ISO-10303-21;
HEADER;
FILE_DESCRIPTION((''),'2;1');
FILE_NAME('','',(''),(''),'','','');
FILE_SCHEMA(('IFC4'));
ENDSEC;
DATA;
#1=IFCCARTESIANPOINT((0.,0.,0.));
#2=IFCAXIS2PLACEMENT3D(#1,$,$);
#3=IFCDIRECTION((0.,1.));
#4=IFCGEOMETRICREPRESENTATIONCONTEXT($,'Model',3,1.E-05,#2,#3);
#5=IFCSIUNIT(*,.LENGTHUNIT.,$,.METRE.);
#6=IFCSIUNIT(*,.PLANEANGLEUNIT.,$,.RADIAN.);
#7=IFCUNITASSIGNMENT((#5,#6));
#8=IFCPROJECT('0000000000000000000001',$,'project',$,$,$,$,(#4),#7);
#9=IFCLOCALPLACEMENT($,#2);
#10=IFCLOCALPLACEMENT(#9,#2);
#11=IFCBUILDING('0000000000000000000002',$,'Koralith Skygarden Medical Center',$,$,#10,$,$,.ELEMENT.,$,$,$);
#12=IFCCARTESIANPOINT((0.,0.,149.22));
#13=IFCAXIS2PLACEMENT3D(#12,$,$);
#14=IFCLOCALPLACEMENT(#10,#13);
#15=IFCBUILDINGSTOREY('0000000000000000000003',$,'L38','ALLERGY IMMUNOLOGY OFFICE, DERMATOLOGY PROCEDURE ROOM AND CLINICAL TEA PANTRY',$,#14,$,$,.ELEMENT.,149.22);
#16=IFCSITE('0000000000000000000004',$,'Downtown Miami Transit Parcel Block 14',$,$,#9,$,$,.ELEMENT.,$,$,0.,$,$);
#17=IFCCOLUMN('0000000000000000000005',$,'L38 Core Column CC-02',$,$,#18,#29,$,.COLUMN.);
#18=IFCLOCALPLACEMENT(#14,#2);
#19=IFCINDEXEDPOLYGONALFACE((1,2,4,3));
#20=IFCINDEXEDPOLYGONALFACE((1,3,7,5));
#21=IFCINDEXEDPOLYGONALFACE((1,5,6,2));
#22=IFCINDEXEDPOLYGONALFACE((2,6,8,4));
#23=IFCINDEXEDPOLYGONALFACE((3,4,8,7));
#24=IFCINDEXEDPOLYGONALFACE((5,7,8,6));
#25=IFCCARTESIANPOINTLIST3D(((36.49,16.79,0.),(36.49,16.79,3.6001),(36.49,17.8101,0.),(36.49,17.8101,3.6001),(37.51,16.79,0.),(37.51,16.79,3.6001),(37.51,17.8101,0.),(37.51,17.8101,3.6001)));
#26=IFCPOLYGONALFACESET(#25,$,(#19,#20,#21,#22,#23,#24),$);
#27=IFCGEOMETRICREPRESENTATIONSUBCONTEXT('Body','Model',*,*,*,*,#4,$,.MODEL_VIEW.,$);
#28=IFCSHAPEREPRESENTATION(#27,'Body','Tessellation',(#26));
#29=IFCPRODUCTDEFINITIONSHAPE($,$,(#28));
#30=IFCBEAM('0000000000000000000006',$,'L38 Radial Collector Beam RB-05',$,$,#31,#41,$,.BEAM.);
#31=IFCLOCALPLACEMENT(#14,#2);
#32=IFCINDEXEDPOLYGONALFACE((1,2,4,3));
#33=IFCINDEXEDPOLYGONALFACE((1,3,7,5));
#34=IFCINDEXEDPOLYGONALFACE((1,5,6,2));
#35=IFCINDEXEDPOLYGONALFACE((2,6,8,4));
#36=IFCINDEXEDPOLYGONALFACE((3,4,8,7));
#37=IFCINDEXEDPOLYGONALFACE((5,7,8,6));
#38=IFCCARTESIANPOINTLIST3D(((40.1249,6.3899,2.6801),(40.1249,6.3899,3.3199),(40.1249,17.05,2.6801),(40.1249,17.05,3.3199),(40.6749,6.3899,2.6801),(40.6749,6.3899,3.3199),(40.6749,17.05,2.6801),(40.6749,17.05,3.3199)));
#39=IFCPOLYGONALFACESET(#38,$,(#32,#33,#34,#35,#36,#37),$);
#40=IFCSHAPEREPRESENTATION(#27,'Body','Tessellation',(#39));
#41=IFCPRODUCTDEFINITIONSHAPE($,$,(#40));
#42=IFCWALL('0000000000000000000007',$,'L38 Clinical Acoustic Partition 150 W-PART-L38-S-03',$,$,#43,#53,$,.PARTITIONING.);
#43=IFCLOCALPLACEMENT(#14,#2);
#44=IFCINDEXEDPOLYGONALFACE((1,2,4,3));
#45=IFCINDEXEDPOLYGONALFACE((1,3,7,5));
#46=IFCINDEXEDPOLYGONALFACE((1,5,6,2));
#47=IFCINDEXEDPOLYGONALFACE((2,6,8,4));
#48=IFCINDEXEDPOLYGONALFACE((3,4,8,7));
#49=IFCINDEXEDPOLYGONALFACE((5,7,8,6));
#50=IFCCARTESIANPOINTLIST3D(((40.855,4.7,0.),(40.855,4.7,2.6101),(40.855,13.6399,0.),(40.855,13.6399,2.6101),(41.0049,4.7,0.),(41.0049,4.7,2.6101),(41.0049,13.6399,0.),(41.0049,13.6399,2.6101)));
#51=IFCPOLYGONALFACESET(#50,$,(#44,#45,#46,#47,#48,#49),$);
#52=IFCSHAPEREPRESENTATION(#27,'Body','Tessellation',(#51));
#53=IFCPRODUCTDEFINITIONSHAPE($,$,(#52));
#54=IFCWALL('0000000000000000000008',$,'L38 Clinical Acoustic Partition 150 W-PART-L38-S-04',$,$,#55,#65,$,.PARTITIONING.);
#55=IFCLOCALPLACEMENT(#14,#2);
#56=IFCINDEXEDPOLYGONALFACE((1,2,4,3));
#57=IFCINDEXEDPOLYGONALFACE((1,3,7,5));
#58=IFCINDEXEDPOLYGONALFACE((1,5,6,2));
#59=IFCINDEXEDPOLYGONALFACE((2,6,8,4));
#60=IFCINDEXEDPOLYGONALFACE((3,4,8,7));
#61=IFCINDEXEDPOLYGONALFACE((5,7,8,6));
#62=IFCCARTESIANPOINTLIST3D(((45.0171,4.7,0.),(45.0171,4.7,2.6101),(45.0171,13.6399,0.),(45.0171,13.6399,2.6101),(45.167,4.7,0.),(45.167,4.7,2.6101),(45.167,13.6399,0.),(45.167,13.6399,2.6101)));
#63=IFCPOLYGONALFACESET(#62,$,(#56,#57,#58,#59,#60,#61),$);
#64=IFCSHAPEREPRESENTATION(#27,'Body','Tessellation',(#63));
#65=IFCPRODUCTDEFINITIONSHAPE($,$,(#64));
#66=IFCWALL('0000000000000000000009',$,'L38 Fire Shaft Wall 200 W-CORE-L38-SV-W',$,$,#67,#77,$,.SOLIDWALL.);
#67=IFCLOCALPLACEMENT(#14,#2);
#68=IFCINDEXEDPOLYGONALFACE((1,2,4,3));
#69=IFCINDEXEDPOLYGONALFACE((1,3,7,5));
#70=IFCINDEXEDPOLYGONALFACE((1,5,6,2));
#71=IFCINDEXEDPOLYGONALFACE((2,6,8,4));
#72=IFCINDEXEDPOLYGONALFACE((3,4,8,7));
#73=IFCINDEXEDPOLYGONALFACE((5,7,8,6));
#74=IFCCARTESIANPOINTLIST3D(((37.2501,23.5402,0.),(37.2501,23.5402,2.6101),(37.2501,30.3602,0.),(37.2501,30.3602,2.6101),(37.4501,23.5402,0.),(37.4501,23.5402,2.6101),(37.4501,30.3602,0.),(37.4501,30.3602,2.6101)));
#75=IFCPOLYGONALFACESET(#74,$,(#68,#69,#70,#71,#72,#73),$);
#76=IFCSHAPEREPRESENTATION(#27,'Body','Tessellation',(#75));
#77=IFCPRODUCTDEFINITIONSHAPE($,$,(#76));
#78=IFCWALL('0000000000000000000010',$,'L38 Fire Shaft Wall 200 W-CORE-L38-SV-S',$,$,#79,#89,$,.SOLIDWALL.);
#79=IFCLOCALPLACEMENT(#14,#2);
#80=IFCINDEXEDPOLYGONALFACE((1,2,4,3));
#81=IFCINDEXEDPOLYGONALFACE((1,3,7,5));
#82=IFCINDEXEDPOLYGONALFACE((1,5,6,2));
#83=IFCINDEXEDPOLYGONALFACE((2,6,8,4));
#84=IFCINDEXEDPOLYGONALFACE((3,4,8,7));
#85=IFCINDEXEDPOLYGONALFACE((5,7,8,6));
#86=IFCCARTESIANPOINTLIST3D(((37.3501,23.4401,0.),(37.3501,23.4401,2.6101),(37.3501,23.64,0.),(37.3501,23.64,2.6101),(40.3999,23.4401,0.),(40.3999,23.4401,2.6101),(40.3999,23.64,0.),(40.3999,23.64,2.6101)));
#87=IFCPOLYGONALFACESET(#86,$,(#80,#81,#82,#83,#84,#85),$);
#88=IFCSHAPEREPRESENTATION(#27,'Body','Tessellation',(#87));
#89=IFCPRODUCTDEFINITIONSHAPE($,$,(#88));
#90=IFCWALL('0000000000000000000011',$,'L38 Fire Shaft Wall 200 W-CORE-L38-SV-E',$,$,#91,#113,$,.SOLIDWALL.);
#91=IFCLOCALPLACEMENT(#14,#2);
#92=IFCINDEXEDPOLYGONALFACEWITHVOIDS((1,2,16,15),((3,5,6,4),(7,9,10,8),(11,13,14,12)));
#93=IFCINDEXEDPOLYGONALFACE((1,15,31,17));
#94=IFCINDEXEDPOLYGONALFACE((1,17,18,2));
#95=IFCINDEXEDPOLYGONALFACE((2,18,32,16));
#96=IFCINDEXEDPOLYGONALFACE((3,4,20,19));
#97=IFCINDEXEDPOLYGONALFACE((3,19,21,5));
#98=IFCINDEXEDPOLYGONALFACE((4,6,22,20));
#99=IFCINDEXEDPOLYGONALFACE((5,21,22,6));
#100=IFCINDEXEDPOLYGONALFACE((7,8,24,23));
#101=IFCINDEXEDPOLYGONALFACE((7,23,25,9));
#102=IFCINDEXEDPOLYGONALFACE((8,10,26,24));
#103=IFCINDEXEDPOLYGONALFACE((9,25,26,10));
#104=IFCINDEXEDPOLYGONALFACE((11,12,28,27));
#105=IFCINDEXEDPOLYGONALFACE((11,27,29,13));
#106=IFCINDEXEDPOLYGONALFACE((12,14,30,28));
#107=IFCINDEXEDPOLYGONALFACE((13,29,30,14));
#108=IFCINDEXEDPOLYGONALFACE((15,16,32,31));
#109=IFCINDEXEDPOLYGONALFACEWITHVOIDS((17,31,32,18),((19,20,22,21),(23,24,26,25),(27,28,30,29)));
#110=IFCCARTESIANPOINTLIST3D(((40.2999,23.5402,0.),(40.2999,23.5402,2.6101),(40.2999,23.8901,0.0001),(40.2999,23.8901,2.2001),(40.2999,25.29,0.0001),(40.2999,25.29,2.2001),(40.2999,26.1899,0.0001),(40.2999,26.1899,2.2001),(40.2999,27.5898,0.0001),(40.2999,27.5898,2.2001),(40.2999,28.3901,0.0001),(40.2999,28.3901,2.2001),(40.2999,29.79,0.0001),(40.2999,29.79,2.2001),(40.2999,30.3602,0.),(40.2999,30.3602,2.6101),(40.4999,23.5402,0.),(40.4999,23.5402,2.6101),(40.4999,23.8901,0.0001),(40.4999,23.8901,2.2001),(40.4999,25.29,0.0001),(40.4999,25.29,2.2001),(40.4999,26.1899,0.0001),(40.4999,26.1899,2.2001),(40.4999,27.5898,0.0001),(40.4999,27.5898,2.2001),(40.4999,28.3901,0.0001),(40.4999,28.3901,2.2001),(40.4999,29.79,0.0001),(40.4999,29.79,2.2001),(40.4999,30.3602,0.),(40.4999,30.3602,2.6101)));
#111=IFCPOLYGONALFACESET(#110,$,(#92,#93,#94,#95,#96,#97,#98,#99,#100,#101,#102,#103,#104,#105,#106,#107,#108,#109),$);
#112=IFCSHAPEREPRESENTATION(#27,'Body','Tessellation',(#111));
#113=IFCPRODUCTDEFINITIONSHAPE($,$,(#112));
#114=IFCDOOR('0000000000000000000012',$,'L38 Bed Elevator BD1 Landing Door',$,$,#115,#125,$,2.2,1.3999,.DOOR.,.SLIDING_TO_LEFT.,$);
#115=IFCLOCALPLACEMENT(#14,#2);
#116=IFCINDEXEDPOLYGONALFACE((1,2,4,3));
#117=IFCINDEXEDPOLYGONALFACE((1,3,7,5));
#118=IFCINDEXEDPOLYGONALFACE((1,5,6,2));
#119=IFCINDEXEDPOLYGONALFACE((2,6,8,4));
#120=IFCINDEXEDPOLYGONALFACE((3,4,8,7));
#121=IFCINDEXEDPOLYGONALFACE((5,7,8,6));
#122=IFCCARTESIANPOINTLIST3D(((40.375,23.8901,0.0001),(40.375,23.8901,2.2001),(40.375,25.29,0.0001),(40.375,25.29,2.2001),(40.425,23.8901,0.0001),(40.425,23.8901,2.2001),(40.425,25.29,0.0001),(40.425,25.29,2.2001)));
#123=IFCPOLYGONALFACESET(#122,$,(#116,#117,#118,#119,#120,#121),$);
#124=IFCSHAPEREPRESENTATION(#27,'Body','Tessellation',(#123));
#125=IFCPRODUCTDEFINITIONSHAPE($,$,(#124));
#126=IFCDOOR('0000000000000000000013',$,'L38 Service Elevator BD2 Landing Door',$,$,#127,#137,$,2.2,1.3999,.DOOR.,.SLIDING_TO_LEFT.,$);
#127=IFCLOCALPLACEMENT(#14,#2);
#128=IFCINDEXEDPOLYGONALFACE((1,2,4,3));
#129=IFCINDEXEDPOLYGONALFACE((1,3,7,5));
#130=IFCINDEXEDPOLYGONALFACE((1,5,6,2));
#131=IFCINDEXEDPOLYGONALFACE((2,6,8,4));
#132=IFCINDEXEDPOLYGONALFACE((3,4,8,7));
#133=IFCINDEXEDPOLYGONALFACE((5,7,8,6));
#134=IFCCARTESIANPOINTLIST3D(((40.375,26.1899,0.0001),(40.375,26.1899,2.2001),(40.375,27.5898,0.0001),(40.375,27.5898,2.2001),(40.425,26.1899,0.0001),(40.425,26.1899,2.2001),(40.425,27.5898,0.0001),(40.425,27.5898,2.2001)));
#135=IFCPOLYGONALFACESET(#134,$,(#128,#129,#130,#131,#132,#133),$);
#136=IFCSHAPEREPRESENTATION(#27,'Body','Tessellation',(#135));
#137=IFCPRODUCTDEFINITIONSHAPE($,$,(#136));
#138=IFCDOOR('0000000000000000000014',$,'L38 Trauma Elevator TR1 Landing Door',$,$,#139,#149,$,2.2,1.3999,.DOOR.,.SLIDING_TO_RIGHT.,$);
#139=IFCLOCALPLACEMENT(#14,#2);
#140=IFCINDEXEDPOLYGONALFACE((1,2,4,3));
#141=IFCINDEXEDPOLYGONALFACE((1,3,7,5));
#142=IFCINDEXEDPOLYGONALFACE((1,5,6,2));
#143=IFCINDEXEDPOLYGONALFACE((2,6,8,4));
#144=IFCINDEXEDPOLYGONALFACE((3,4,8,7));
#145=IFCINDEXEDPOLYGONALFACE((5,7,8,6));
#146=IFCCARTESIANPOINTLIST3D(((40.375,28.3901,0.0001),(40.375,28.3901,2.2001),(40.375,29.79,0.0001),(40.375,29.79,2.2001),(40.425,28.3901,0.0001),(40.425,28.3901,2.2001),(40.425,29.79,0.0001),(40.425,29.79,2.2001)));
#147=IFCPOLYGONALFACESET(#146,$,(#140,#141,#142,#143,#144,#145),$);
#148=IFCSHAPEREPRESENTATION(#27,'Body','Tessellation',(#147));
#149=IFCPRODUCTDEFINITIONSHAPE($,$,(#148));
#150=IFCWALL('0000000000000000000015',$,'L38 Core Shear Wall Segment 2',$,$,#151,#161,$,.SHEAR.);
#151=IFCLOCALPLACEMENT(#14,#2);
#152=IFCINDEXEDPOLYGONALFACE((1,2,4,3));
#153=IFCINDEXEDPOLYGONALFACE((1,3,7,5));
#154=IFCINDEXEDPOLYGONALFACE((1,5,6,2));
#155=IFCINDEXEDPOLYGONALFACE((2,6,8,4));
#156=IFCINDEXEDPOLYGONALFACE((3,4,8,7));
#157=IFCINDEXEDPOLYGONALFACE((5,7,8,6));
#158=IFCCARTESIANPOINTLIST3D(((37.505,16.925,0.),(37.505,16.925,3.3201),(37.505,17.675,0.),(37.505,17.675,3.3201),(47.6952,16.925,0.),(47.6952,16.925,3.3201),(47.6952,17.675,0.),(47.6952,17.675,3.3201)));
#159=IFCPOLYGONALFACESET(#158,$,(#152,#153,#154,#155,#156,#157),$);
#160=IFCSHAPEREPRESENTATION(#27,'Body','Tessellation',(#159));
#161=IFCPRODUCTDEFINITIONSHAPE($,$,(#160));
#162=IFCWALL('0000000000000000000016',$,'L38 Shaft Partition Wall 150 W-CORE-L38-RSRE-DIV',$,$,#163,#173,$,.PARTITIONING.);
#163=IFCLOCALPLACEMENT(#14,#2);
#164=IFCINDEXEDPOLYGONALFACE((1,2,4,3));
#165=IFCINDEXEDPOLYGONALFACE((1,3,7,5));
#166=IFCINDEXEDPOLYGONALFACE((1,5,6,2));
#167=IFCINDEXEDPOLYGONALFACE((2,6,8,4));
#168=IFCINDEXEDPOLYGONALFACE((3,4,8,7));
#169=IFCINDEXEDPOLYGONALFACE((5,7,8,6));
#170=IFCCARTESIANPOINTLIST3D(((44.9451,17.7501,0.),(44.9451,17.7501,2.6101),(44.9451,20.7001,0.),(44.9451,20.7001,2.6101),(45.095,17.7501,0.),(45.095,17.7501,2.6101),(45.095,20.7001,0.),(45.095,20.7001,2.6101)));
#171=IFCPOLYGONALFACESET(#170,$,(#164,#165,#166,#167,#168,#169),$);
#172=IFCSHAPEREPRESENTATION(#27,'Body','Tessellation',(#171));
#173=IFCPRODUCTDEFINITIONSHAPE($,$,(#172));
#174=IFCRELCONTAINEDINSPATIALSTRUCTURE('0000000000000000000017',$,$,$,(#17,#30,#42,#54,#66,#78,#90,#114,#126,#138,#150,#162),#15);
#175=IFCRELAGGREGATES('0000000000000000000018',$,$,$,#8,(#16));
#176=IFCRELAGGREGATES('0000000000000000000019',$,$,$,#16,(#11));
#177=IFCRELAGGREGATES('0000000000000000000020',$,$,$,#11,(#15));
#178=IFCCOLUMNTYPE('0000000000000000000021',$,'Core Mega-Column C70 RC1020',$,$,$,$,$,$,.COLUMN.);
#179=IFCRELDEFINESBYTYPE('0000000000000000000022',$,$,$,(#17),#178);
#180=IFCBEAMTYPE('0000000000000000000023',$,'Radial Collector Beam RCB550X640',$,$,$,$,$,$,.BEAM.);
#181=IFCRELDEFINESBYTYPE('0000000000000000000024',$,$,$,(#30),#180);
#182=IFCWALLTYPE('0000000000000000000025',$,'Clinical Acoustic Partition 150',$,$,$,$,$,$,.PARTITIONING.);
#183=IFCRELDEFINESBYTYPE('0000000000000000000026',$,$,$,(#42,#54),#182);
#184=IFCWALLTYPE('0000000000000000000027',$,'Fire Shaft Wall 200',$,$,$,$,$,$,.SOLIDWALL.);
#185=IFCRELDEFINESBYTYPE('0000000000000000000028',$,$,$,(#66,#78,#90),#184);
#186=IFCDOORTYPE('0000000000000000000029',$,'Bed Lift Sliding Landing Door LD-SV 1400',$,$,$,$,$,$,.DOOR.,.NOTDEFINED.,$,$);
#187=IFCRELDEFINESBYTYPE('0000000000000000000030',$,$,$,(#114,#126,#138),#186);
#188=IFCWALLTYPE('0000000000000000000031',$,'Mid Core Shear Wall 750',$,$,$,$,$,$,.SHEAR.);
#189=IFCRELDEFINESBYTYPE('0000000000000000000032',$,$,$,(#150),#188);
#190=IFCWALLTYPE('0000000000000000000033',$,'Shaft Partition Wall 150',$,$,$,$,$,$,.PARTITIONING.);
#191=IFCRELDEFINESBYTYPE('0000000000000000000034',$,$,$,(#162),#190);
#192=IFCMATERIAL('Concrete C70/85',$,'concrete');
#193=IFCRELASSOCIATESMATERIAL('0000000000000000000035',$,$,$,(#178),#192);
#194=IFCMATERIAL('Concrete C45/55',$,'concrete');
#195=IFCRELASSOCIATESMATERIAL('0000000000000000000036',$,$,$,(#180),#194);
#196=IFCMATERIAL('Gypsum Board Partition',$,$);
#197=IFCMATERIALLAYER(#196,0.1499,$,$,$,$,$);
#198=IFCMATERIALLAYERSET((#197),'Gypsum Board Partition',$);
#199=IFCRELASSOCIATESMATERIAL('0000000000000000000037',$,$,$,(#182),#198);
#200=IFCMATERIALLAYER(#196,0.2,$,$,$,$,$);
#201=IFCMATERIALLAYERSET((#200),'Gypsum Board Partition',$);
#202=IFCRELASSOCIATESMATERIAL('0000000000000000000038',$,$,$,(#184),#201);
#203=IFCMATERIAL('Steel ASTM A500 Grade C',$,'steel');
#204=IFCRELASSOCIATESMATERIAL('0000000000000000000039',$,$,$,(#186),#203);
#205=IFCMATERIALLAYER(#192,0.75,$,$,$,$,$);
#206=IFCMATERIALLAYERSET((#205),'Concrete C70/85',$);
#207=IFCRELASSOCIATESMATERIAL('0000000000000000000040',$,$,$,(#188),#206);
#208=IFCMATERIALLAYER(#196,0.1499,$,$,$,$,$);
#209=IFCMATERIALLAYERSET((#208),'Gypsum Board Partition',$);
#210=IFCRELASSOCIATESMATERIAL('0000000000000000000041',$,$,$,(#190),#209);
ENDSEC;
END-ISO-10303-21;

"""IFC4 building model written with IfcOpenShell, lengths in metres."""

from ifc_helpers import new_model, si_unit, direction, frame, frame_2d, origin, origin_2d, place, context, subcontext, project, spatial, rectangle, extrude, material, layer, layer_set, material_profile, profile_set, type_object, element, fill, save


model = new_model("IFC4")

# Units and contexts
model_context = context("Model", 3, precision=1e-05, world=origin(), true_north=direction((0.0, 1.0)))
body_context = subcontext(model_context, "Body", "Model", "MODEL_VIEW")
ifc_project = project(units=[si_unit("LENGTHUNIT", "METRE"), si_unit("PLANEANGLEUNIT", "RADIAN")], contexts=[model_context])

# Site, building, storey
site_placement = place(None, origin())
site = spatial("IfcSite", under=ifc_project, at=site_placement, Name="Downtown Miami Transit Parcel Block 14", CompositionType="ELEMENT", RefElevation=0.0)
building_placement = place(site_placement, origin())
building = spatial("IfcBuilding", under=site, at=building_placement, Name="Koralith Skygarden Medical Center", CompositionType="ELEMENT")
storey_placement = place(building_placement, frame((0.0, 0.0, 149.22)))
storey = spatial("IfcBuildingStorey", under=building, at=storey_placement, Name="L38", Description="ALLERGY IMMUNOLOGY OFFICE, DERMATOLOGY PROCEDURE ROOM AND CLINICAL TEA PANTRY", CompositionType="ELEMENT", Elevation=149.22)

# Column
ifc_material_1 = material(Name="Concrete C70/85", Category="concrete")
ifc_material_profile_1 = material_profile(ifc_material_1, rectangle(XDim=1.02, YDim=1.02, at=origin_2d()), Name="RC1020X1020")
ifc_profile_set_1 = profile_set([ifc_material_profile_1], Name="Concrete C70/85")
column_type = type_object("IfcColumnType", Name="Core Mega-Column C70 RC1020", PredefinedType="COLUMN", material=ifc_profile_set_1)
column_placement = place(storey_placement, frame((37.0, 17.3, 0.0), z_axis=(0.0, 0.0, 1.0), x_axis=(1.0, 0.0, 0.0)))
element("IfcColumn", 1, at=column_placement, inside=storey, type_object=column_type, Name="L38 Core Column CC-02", PredefinedType="COLUMN", context=body_context, shape_type="SweptSolid", body=[
    extrude(rectangle(XDim=1.02, YDim=1.02, at=origin_2d()), origin(), (0.0, 0.0, 1.0), 3.6001),
])

# Beam
ifc_material_2 = material(Name="Concrete C45/55", Category="concrete")
ifc_material_profile_2 = material_profile(ifc_material_2, rectangle(XDim=0.55, YDim=0.6399, at=origin_2d()), Name="RCB550X640")
ifc_profile_set_2 = profile_set([ifc_material_profile_2], Name="Concrete C45/55")
beam_type = type_object("IfcBeamType", Name="Radial Collector Beam RCB550X640", PredefinedType="BEAM", material=ifc_profile_set_2)
beam_placement = place(storey_placement, frame((40.3999, 17.05, 3.0), z_axis=(0.0, -1.0, 0.0), x_axis=(1.0, 0.0, 0.0)))
element("IfcBeam", 2, at=beam_placement, inside=storey, type_object=beam_type, Name="L38 Radial Collector Beam RB-05", PredefinedType="BEAM", context=body_context, shape_type="SweptSolid", body=[
    extrude(rectangle(XDim=0.55, YDim=0.6399, at=origin_2d()), origin(), (0.0, 0.0, 1.0), 10.6602),
])

# Walls
ifc_material_3 = material(Name="Gypsum Board Partition")
ifc_layer_1 = layer(ifc_material_3, 0.1499)
ifc_layer_set_1 = layer_set([ifc_layer_1], Name="Gypsum Board Partition")
wall_type_1 = type_object("IfcWallType", Name="Clinical Acoustic Partition 150", PredefinedType="PARTITIONING", material=ifc_layer_set_1)
for number, where, z_axis, x_axis, name in (
    (3, (40.9299, 13.6399, 0.0), (0.0, 0.0, 1.0), (0.0, -1.0, 0.0), "L38 Clinical Acoustic Partition 150 W-PART-L38-S-03"),
    (4, (45.092, 13.6399, 0.0), (0.0, 0.0, 1.0), (0.0, -1.0, 0.0), "L38 Clinical Acoustic Partition 150 W-PART-L38-S-04"),
):
    element("IfcWall", number, at=place(storey_placement, frame(where, z_axis=z_axis, x_axis=x_axis)), inside=storey, type_object=wall_type_1, Name=name, PredefinedType="PARTITIONING", context=body_context, shape_type="SweptSolid", body=[
        extrude(rectangle(XDim=8.9399, YDim=0.1499, at=frame_2d((4.47, 0.0))), origin(), (0.0, 0.0, 1.0), 2.6101),
    ])

# Shared definitions
ifc_layer_2 = layer(ifc_material_3, 0.2)
ifc_layer_set_2 = layer_set([ifc_layer_2], Name="Gypsum Board Partition")
wall_type_2 = type_object("IfcWallType", Name="Fire Shaft Wall 200", PredefinedType="SOLIDWALL", material=ifc_layer_set_2)
ifc_material_4 = material(Name="Steel ASTM A500 Grade C", Category="steel")

# Walls
wall_1_placement = place(storey_placement, frame((37.3501, 23.54, 0.0), z_axis=(0.0, 0.0, 1.0), x_axis=(0.0, 1.0, 0.0)))
element("IfcWall", 5, at=wall_1_placement, inside=storey, type_object=wall_type_2, Name="L38 Fire Shaft Wall 200 W-CORE-L38-SV-W", PredefinedType="SOLIDWALL", context=body_context, shape_type="SweptSolid", body=[
    extrude(rectangle(XDim=6.8201, YDim=0.2, at=frame_2d((3.4102, 0.0))), origin(), (0.0, 0.0, 1.0), 2.6101),
])
wall_2_placement = place(storey_placement, frame((37.3501, 23.54, 0.0), z_axis=(0.0, 0.0, 1.0), x_axis=(1.0, 0.0, 0.0)))
element("IfcWall", 6, at=wall_2_placement, inside=storey, type_object=wall_type_2, Name="L38 Fire Shaft Wall 200 W-CORE-L38-SV-S", PredefinedType="SOLIDWALL", context=body_context, shape_type="SweptSolid", body=[
    extrude(rectangle(XDim=3.0498, YDim=0.2, at=frame_2d((1.5249, 0.0))), origin(), (0.0, 0.0, 1.0), 2.6101),
])

# Wall, openings, doors
wall_3_placement = place(storey_placement, frame((40.3999, 23.54, 0.0), z_axis=(0.0, 0.0, 1.0), x_axis=(0.0, 1.0, 0.0)))
wall_3 = element("IfcWall", 7, at=wall_3_placement, inside=storey, type_object=wall_type_2, Name="L38 Fire Shaft Wall 200 W-CORE-L38-SV-E", PredefinedType="SOLIDWALL", context=body_context, shape_type="SweptSolid", body=[
    extrude(rectangle(XDim=6.8201, YDim=0.2, at=frame_2d((3.4102, 0.0))), origin(), (0.0, 0.0, 1.0), 2.6101),
])
opening_1_placement = place(wall_3_placement, frame((0.3501, 0.0, 0.0)))
opening_1 = element("IfcOpeningElement", 8, at=opening_1_placement, cuts=wall_3, PredefinedType="OPENING", context=body_context, shape_type="SweptSolid", body=[
    extrude(rectangle(XDim=1.3999, YDim=2.2, at=frame_2d((0.7, 1.1001))), frame((0.0, 0.1099, 0.0), z_axis=(0.0, -1.0, 0.0), x_axis=(1.0, 0.0, 0.0)), (0.0, 0.0, 1.0), 0.22),
])
opening_2_placement = place(wall_3_placement, frame((2.6499, 0.0, 0.0)))
opening_2 = element("IfcOpeningElement", 9, at=opening_2_placement, cuts=wall_3, PredefinedType="OPENING", context=body_context, shape_type="SweptSolid", body=[
    extrude(rectangle(XDim=1.3999, YDim=2.2, at=frame_2d((0.7, 1.1001))), frame((0.0, 0.1099, 0.0), z_axis=(0.0, -1.0, 0.0), x_axis=(1.0, 0.0, 0.0)), (0.0, 0.0, 1.0), 0.22),
])
opening_3_placement = place(wall_3_placement, frame((4.8501, 0.0, 0.0)))
opening_3 = element("IfcOpeningElement", 10, at=opening_3_placement, cuts=wall_3, PredefinedType="OPENING", context=body_context, shape_type="SweptSolid", body=[
    extrude(rectangle(XDim=1.3999, YDim=2.2, at=frame_2d((0.7, 1.1001))), frame((0.0, 0.1099, 0.0), z_axis=(0.0, -1.0, 0.0), x_axis=(1.0, 0.0, 0.0)), (0.0, 0.0, 1.0), 0.22),
])
door_type_1 = type_object("IfcDoorType", Name="Bed Lift Sliding Landing Door LD-SV 1400", OperationType="NOTDEFINED", PredefinedType="DOOR", material=ifc_material_4)
door_1_placement = place(opening_1_placement, origin())
door_1 = element("IfcDoor", 11, at=door_1_placement, inside=storey, type_object=door_type_1, Name="L38 Bed Elevator BD1 Landing Door", OperationType="SLIDING_TO_LEFT", OverallHeight=2.2, OverallWidth=1.3999, PredefinedType="DOOR", context=body_context, shape_type="SweptSolid", body=[
    extrude(rectangle(XDim=1.3999, YDim=2.2, at=frame_2d((0.7, 1.1001))), frame((0.0, 0.0249, 0.0), z_axis=(0.0, -1.0, 0.0), x_axis=(1.0, 0.0, 0.0)), (0.0, 0.0, 1.0), 0.05),
])
fill(opening_1, door_1)
door_2_placement = place(opening_2_placement, origin())
door_2 = element("IfcDoor", 12, at=door_2_placement, inside=storey, type_object=door_type_1, Name="L38 Service Elevator BD2 Landing Door", OperationType="SLIDING_TO_LEFT", OverallHeight=2.2, OverallWidth=1.3999, PredefinedType="DOOR", context=body_context, shape_type="SweptSolid", body=[
    extrude(rectangle(XDim=1.3999, YDim=2.2, at=frame_2d((0.7, 1.1001))), frame((0.0, 0.0249, 0.0), z_axis=(0.0, -1.0, 0.0), x_axis=(1.0, 0.0, 0.0)), (0.0, 0.0, 1.0), 0.05),
])
fill(opening_2, door_2)
door_3_placement = place(opening_3_placement, origin())
door_3 = element("IfcDoor", 13, at=door_3_placement, inside=storey, type_object=door_type_1, Name="L38 Trauma Elevator TR1 Landing Door", OperationType="SLIDING_TO_RIGHT", OverallHeight=2.2, OverallWidth=1.3999, PredefinedType="DOOR", context=body_context, shape_type="SweptSolid", body=[
    extrude(rectangle(XDim=1.3999, YDim=2.2, at=frame_2d((0.7, 1.1001))), frame((0.0, 0.0249, 0.0), z_axis=(0.0, -1.0, 0.0), x_axis=(1.0, 0.0, 0.0)), (0.0, 0.0, 1.0), 0.05),
])
fill(opening_3, door_3)

# Walls
ifc_layer_3 = layer(ifc_material_1, 0.75)
ifc_layer_set_3 = layer_set([ifc_layer_3], Name="Concrete C70/85")
wall_type_3 = type_object("IfcWallType", Name="Mid Core Shear Wall 750", PredefinedType="SHEAR", material=ifc_layer_set_3)
wall_4_placement = place(storey_placement, frame((37.5049, 17.3, 0.0), z_axis=(0.0, 0.0, 1.0), x_axis=(1.0, 0.0, 0.0)))
element("IfcWall", 14, at=wall_4_placement, inside=storey, type_object=wall_type_3, Name="L38 Core Shear Wall Segment 2", PredefinedType="SHEAR", context=body_context, shape_type="SweptSolid", body=[
    extrude(rectangle(XDim=10.1902, YDim=0.75, at=frame_2d((5.0952, 0.0))), origin(), (0.0, 0.0, 1.0), 3.3201),
])
ifc_layer_4 = layer(ifc_material_3, 0.1499)
ifc_layer_set_4 = layer_set([ifc_layer_4], Name="Gypsum Board Partition")
wall_type_4 = type_object("IfcWallType", Name="Shaft Partition Wall 150", PredefinedType="PARTITIONING", material=ifc_layer_set_4)
wall_5_placement = place(storey_placement, frame((45.02, 17.75, 0.0), z_axis=(0.0, 0.0, 1.0), x_axis=(0.0, 1.0, 0.0)))
element("IfcWall", 15, at=wall_5_placement, inside=storey, type_object=wall_type_4, Name="L38 Shaft Partition Wall 150 W-CORE-L38-RSRE-DIV", PredefinedType="PARTITIONING", context=body_context, shape_type="SweptSolid", body=[
    extrude(rectangle(XDim=2.95, YDim=0.1499, at=frame_2d((1.4751, 0.0))), origin(), (0.0, 0.0, 1.0), 2.6101),
])

save(model, "model.ifc")
